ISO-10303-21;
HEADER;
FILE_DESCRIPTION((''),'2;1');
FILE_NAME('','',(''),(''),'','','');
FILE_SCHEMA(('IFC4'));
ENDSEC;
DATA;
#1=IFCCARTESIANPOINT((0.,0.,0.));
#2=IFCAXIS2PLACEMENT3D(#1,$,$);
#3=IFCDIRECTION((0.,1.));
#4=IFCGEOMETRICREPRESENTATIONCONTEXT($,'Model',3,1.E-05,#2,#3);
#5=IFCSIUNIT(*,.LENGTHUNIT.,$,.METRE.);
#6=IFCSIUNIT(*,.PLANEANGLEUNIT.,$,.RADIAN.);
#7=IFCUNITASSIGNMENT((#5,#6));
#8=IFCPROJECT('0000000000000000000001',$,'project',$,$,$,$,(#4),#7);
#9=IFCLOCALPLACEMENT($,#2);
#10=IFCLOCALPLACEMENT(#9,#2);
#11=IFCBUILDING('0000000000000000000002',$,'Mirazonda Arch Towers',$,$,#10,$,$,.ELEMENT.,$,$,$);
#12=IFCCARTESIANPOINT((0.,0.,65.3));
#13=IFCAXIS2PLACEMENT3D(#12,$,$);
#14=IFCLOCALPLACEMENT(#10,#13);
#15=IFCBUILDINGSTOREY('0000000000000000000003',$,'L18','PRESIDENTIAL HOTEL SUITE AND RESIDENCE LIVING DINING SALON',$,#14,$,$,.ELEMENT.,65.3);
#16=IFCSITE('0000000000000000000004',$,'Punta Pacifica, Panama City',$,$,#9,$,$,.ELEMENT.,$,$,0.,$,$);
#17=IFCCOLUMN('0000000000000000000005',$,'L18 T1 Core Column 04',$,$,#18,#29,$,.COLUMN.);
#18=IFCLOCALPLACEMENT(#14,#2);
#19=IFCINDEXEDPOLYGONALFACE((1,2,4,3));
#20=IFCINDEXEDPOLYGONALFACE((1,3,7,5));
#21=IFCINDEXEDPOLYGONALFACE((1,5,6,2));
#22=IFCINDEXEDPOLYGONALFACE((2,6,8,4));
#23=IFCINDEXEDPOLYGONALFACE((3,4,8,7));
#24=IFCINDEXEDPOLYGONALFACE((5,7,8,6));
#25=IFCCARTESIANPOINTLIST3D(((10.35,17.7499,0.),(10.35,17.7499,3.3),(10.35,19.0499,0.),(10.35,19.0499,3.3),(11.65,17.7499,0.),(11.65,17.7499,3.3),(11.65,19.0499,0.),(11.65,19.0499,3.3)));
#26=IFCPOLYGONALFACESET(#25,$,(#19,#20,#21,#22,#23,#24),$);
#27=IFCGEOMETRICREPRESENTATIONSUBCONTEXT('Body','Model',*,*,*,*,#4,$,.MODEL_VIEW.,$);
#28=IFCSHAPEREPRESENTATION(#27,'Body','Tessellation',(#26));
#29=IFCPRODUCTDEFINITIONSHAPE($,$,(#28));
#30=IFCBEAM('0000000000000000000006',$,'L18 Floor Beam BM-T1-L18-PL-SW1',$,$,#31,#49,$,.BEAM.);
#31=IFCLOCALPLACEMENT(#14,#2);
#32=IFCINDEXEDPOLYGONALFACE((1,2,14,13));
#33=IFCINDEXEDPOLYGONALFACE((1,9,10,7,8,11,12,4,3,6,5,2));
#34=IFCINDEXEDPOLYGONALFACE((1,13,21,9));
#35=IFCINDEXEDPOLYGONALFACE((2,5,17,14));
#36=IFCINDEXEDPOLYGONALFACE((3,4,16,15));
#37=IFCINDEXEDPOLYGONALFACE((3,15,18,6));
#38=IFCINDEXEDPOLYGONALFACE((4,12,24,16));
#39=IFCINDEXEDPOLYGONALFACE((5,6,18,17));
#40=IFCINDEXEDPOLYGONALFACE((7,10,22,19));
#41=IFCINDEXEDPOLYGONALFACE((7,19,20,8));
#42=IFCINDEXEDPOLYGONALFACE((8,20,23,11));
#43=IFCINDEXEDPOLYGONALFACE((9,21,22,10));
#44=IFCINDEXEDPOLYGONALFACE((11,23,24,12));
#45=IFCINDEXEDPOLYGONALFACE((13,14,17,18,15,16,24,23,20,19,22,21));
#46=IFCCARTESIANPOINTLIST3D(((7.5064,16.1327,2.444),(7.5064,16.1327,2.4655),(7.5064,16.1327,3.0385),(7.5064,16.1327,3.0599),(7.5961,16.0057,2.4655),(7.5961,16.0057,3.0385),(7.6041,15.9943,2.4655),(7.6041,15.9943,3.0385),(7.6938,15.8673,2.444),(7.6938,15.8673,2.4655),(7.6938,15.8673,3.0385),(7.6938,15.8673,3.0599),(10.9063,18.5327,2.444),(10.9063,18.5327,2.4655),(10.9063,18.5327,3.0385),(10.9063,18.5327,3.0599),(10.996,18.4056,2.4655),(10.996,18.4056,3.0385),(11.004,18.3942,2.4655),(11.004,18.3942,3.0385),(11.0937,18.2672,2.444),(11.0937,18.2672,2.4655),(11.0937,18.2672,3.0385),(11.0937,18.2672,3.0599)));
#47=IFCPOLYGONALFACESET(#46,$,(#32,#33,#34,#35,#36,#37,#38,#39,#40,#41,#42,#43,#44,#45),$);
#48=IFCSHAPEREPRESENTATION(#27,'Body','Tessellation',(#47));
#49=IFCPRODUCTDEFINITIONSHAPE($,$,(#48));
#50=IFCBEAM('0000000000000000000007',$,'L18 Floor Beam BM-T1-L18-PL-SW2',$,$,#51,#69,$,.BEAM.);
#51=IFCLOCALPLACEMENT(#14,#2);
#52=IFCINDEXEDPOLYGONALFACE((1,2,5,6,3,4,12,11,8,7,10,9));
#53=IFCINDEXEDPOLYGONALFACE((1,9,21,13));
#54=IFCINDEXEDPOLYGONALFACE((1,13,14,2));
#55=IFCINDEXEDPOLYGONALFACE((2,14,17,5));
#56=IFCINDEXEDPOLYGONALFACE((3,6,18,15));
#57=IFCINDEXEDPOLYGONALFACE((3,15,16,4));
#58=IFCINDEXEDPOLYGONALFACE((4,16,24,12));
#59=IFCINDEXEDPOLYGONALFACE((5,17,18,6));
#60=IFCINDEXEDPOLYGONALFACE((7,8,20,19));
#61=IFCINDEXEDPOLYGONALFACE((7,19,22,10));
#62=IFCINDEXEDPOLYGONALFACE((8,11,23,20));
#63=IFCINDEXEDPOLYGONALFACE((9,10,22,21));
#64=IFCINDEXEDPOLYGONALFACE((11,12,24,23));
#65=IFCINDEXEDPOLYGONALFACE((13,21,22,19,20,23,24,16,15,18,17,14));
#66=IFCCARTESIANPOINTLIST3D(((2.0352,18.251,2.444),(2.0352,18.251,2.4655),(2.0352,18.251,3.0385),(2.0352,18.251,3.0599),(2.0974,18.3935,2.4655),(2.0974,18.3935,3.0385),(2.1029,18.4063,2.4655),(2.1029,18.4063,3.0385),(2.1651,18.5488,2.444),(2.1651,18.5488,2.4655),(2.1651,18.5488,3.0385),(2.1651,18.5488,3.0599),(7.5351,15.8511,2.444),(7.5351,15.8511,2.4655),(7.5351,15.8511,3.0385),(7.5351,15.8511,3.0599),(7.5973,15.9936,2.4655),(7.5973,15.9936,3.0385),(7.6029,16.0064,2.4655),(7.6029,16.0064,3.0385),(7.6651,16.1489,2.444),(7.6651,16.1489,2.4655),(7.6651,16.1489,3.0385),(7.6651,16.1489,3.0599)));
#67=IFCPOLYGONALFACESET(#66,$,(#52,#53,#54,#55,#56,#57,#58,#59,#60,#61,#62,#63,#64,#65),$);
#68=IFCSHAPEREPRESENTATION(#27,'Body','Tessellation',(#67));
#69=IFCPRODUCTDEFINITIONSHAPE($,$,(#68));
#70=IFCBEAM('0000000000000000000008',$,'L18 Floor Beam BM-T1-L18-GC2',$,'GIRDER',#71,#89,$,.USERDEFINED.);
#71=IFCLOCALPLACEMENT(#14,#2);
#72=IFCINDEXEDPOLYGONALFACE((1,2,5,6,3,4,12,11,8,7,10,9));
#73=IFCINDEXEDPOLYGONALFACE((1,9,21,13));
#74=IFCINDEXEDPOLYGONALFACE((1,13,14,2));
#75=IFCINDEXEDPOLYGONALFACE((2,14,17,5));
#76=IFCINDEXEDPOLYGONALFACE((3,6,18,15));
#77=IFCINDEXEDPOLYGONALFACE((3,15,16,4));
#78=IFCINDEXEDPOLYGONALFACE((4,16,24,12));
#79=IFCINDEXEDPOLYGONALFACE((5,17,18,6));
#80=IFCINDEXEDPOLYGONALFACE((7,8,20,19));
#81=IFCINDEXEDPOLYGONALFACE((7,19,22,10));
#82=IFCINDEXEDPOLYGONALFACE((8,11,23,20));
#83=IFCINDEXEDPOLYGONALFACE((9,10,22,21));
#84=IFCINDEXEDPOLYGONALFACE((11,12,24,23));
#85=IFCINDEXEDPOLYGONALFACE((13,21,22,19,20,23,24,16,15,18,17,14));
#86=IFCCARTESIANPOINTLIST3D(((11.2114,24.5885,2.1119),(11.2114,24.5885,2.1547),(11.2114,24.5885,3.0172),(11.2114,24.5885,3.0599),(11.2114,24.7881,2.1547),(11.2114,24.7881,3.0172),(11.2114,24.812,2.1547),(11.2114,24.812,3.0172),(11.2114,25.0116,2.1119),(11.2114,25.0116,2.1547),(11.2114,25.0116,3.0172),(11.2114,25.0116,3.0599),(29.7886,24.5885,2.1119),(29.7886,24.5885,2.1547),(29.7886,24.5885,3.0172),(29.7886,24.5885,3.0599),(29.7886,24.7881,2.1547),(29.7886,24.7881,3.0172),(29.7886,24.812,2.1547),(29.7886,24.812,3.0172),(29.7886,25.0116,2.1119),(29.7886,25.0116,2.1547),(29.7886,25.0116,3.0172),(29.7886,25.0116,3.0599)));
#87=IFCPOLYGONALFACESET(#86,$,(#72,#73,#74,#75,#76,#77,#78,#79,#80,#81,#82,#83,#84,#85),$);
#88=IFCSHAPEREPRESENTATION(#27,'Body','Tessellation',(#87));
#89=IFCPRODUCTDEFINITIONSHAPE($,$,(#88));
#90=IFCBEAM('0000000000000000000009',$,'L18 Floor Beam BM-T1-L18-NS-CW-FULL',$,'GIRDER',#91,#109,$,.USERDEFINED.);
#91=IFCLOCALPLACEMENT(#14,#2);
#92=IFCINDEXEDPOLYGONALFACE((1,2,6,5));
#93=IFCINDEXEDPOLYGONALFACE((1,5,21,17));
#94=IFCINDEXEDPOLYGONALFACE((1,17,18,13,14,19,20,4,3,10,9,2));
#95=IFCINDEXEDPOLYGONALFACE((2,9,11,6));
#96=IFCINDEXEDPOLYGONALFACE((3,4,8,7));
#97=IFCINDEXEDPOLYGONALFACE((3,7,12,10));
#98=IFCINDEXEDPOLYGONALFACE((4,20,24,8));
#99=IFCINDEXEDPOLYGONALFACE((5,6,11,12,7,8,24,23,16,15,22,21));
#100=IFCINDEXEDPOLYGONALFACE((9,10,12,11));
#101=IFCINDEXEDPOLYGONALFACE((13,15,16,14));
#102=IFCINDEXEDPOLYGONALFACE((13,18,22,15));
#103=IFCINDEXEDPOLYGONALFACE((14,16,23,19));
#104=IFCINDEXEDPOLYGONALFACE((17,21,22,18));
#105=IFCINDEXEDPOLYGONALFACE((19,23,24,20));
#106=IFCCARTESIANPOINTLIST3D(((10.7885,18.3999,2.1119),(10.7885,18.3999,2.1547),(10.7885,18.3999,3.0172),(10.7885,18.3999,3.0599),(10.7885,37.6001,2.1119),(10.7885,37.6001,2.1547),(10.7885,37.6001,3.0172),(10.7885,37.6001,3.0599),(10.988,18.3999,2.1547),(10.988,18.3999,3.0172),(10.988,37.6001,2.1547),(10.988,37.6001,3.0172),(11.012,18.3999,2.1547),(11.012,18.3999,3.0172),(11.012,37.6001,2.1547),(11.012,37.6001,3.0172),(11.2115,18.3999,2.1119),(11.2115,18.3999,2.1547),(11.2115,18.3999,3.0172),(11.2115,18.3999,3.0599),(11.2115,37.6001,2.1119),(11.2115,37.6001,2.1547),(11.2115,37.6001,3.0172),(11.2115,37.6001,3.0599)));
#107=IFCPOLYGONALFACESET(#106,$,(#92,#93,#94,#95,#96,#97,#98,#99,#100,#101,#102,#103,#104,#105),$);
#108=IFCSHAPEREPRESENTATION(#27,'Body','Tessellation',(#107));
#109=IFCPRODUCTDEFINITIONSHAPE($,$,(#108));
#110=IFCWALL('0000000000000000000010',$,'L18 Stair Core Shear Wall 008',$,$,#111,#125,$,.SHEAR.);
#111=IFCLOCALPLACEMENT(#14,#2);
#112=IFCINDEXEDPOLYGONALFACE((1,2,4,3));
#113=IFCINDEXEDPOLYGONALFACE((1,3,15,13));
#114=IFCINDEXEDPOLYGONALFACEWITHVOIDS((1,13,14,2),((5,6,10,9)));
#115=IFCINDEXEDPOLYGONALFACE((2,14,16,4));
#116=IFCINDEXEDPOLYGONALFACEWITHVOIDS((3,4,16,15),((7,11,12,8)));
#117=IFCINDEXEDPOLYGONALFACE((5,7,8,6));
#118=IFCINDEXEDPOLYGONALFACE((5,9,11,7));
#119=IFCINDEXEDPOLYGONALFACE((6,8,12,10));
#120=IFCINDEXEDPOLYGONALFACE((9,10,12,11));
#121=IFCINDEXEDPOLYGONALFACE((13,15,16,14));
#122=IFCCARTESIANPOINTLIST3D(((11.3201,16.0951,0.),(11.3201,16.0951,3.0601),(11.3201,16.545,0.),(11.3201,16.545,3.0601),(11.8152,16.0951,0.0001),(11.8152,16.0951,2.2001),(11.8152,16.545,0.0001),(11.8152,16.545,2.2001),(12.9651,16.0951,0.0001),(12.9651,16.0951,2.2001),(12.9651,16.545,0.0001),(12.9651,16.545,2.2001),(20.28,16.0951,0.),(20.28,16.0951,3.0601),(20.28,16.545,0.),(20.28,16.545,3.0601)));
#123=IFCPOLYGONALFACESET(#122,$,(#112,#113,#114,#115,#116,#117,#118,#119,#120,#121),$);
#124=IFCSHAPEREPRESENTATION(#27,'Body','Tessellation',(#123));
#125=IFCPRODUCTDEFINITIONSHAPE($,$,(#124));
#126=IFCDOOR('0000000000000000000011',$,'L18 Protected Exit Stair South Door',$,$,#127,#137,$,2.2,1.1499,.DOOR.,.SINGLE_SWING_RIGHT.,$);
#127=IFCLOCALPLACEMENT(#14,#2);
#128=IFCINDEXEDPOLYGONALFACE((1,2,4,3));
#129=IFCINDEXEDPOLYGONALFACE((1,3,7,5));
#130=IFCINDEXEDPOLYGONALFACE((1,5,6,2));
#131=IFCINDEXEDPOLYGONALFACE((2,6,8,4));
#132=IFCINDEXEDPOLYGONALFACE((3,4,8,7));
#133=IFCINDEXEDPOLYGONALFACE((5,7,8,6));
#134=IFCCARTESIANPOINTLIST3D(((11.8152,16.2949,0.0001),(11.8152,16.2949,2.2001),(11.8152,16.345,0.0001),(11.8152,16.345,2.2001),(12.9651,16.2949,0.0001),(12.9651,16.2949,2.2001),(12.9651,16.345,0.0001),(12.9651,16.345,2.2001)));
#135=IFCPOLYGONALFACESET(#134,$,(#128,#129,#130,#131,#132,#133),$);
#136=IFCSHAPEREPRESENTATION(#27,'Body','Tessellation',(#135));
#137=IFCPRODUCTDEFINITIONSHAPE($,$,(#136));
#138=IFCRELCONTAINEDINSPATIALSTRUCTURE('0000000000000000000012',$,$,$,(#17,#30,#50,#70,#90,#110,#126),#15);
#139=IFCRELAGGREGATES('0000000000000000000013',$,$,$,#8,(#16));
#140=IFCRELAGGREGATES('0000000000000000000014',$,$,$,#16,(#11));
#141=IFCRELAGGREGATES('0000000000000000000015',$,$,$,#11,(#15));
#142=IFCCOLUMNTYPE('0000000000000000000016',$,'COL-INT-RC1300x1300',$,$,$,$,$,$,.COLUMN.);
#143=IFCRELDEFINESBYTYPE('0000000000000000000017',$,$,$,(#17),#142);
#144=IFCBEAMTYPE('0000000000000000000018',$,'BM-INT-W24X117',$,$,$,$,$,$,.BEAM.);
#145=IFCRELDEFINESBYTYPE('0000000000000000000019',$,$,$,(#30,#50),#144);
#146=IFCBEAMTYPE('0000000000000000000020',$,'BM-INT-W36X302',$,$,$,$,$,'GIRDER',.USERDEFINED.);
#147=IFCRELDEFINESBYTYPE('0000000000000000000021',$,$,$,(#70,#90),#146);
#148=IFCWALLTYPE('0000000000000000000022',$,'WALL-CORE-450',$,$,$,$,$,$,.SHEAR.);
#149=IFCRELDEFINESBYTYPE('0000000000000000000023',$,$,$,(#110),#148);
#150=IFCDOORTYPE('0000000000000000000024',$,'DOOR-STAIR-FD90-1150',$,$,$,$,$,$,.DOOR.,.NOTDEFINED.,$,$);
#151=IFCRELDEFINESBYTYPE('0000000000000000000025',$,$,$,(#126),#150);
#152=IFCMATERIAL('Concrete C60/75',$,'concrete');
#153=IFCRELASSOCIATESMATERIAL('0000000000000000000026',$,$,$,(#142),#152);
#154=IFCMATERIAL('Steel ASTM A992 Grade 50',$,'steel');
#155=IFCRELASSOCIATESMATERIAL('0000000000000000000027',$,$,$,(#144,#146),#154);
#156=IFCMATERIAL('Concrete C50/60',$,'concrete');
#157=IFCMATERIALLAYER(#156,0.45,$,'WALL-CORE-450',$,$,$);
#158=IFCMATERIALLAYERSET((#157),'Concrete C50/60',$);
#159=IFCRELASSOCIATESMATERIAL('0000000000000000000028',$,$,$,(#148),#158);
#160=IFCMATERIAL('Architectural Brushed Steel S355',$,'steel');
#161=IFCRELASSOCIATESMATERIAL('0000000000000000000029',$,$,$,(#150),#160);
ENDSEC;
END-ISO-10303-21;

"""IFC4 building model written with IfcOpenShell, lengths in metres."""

from ifc_helpers import new_model, si_unit, direction, frame, frame_2d, origin, origin_2d, place, context, subcontext, project, spatial, rectangle, i_section, extrude, material, layer, layer_set, material_profile, profile_set, type_object, element, fill, save


model = new_model("IFC4")

# Units and contexts
model_context = context("Model", 3, precision=1e-05, world=origin(), true_north=direction((0.0, 1.0)))
body_context = subcontext(model_context, "Body", "Model", "MODEL_VIEW")
ifc_project = project(units=[si_unit("LENGTHUNIT", "METRE"), si_unit("PLANEANGLEUNIT", "RADIAN")], contexts=[model_context])

# Site, building, storey
site_placement = place(None, origin())
site = spatial("IfcSite", under=ifc_project, at=site_placement, Name="Punta Pacifica, Panama City", CompositionType="ELEMENT", RefElevation=0.0)
building_placement = place(site_placement, origin())
building = spatial("IfcBuilding", under=site, at=building_placement, Name="Mirazonda Arch Towers", CompositionType="ELEMENT")
storey_placement = place(building_placement, frame((0.0, 0.0, 65.3)))
storey = spatial("IfcBuildingStorey", under=building, at=storey_placement, Name="L18", Description="PRESIDENTIAL HOTEL SUITE AND RESIDENCE LIVING DINING SALON", CompositionType="ELEMENT", Elevation=65.3)

# Column
ifc_material_1 = material(Name="Concrete C60/75", Category="concrete")
ifc_material_profile_1 = material_profile(ifc_material_1, rectangle(XDim=1.3, YDim=1.3, at=origin_2d()), Name="RC1300x1300")
ifc_profile_set_1 = profile_set([ifc_material_profile_1], Name="Concrete C60/75")
column_type = type_object("IfcColumnType", Name="COL-INT-RC1300x1300", PredefinedType="COLUMN", material=ifc_profile_set_1)
column_placement = place(storey_placement, frame((11.0, 18.3999, 0.0), z_axis=(0.0, 0.0, 1.0), x_axis=(1.0, 0.0, 0.0)))
element("IfcColumn", 1, at=column_placement, inside=storey, type_object=column_type, Name="L18 T1 Core Column 04", PredefinedType="COLUMN", context=body_context, shape_type="SweptSolid", body=[
    extrude(rectangle(XDim=1.3, YDim=1.3, at=origin_2d()), origin(), (0.0, 0.0, 1.0), 3.3),
])

# Beams
ifc_material_2 = material(Name="Steel ASTM A992 Grade 50", Category="steel")
ifc_material_profile_2 = material_profile(ifc_material_2, i_section(OverallWidth=0.325, OverallDepth=0.616, WebThickness=0.0139, FlangeThickness=0.0215, at=origin_2d()), Name="W24X117")
ifc_profile_set_2 = profile_set([ifc_material_profile_2], Name="Steel ASTM A992 Grade 50")
beam_type_1 = type_object("IfcBeamType", Name="BM-INT-W24X117", PredefinedType="BEAM", material=ifc_profile_set_2)
beam_1_placement = place(storey_placement, frame((7.6001, 16.0, 2.752), z_axis=(0.816971, 0.576679, 0.0), x_axis=(-0.576679, 0.816971, 0.0)))
element("IfcBeam", 2, at=beam_1_placement, inside=storey, type_object=beam_type_1, Name="L18 Floor Beam BM-T1-L18-PL-SW1", PredefinedType="BEAM", context=body_context, shape_type="SweptSolid", body=[
    extrude(i_section(OverallWidth=0.325, OverallDepth=0.616, WebThickness=0.0139, FlangeThickness=0.0215, at=origin_2d()), origin(), (0.0, 0.0, 1.0), 4.1616),
])
beam_2_placement = place(storey_placement, frame((7.6001, 16.0, 2.752), z_axis=(-0.916545, 0.399931, 0.0), x_axis=(-0.399931, -0.916545, 0.0)))
element("IfcBeam", 3, at=beam_2_placement, inside=storey, type_object=beam_type_1, Name="L18 Floor Beam BM-T1-L18-PL-SW2", PredefinedType="BEAM", context=body_context, shape_type="SweptSolid", body=[
    extrude(i_section(OverallWidth=0.325, OverallDepth=0.616, WebThickness=0.0139, FlangeThickness=0.0215, at=origin_2d()), origin(), (0.0, 0.0, 1.0), 6.0007),
])
ifc_material_profile_3 = material_profile(ifc_material_2, i_section(OverallWidth=0.4231, OverallDepth=0.948, WebThickness=0.0239, FlangeThickness=0.0427, at=origin_2d()), Name="W36X302")
ifc_profile_set_3 = profile_set([ifc_material_profile_3], Name="Steel ASTM A992 Grade 50")
beam_type_2 = type_object("IfcBeamType", Name="BM-INT-W36X302", ElementType="GIRDER", PredefinedType="USERDEFINED", material=ifc_profile_set_3)
beam_3_placement = place(storey_placement, frame((11.2114, 24.8, 2.5859), z_axis=(1.0, 0.0, 0.0), x_axis=(0.0, 1.0, 0.0)))
element("IfcBeam", 4, at=beam_3_placement, inside=storey, type_object=beam_type_2, Name="L18 Floor Beam BM-T1-L18-GC2", ObjectType="GIRDER", PredefinedType="USERDEFINED", context=body_context, shape_type="SweptSolid", body=[
    extrude(i_section(OverallWidth=0.4231, OverallDepth=0.948, WebThickness=0.0239, FlangeThickness=0.0427, at=origin_2d()), origin(), (0.0, 0.0, 1.0), 18.5771),
])
beam_4_placement = place(storey_placement, frame((11.0, 18.3999, 2.5859), z_axis=(0.0, 1.0, 0.0), x_axis=(-1.0, 0.0, 0.0)))
element("IfcBeam", 5, at=beam_4_placement, inside=storey, type_object=beam_type_2, Name="L18 Floor Beam BM-T1-L18-NS-CW-FULL", ObjectType="GIRDER", PredefinedType="USERDEFINED", context=body_context, shape_type="SweptSolid", body=[
    extrude(i_section(OverallWidth=0.4231, OverallDepth=0.948, WebThickness=0.0239, FlangeThickness=0.0427, at=origin_2d()), origin(), (0.0, 0.0, 1.0), 19.2002),
])

# Wall, opening, door
ifc_material_3 = material(Name="Concrete C50/60", Category="concrete")
ifc_layer_1 = layer(ifc_material_3, 0.45, Name="WALL-CORE-450")
ifc_layer_set_1 = layer_set([ifc_layer_1], Name="Concrete C50/60")
wall_type_1 = type_object("IfcWallType", Name="WALL-CORE-450", PredefinedType="SHEAR", material=ifc_layer_set_1)
wall_1_placement = place(storey_placement, frame((11.3201, 16.3201, 0.0), z_axis=(0.0, 0.0, 1.0), x_axis=(1.0, 0.0, 0.0)))
wall_1 = element("IfcWall", 6, at=wall_1_placement, inside=storey, type_object=wall_type_1, Name="L18 Stair Core Shear Wall 008", PredefinedType="SHEAR", context=body_context, shape_type="SweptSolid", body=[
    extrude(rectangle(XDim=8.96, YDim=0.45, at=frame_2d((4.48, 0.0))), origin(), (0.0, 0.0, 1.0), 3.0601),
])
opening_1_placement = place(wall_1_placement, frame((0.4951, 0.0, 0.0)))
opening_1 = element("IfcOpeningElement", 7, at=opening_1_placement, cuts=wall_1, PredefinedType="OPENING", context=body_context, shape_type="SweptSolid", body=[
    extrude(rectangle(XDim=1.1499, YDim=2.2, at=frame_2d((0.575, 1.1001))), frame((0.0, 0.2349, 0.0), z_axis=(0.0, -1.0, 0.0), x_axis=(1.0, 0.0, 0.0)), (0.0, 0.0, 1.0), 0.47),
])
ifc_material_4 = material(Name="Architectural Brushed Steel S355", Category="steel")
door_type_1 = type_object("IfcDoorType", Name="DOOR-STAIR-FD90-1150", OperationType="NOTDEFINED", PredefinedType="DOOR", material=ifc_material_4)
door_1_placement = place(opening_1_placement, origin())
door_1 = element("IfcDoor", 8, at=door_1_placement, inside=storey, type_object=door_type_1, Name="L18 Protected Exit Stair South Door", OperationType="SINGLE_SWING_RIGHT", OverallHeight=2.2, OverallWidth=1.1499, PredefinedType="DOOR", context=body_context, shape_type="SweptSolid", body=[
    extrude(rectangle(XDim=1.1499, YDim=2.2, at=frame_2d((0.575, 1.1001))), frame((0.0, 0.0249, 0.0), z_axis=(0.0, -1.0, 0.0), x_axis=(1.0, 0.0, 0.0)), (0.0, 0.0, 1.0), 0.05),
])
fill(opening_1, door_1)

save(model, "model.ifc")
